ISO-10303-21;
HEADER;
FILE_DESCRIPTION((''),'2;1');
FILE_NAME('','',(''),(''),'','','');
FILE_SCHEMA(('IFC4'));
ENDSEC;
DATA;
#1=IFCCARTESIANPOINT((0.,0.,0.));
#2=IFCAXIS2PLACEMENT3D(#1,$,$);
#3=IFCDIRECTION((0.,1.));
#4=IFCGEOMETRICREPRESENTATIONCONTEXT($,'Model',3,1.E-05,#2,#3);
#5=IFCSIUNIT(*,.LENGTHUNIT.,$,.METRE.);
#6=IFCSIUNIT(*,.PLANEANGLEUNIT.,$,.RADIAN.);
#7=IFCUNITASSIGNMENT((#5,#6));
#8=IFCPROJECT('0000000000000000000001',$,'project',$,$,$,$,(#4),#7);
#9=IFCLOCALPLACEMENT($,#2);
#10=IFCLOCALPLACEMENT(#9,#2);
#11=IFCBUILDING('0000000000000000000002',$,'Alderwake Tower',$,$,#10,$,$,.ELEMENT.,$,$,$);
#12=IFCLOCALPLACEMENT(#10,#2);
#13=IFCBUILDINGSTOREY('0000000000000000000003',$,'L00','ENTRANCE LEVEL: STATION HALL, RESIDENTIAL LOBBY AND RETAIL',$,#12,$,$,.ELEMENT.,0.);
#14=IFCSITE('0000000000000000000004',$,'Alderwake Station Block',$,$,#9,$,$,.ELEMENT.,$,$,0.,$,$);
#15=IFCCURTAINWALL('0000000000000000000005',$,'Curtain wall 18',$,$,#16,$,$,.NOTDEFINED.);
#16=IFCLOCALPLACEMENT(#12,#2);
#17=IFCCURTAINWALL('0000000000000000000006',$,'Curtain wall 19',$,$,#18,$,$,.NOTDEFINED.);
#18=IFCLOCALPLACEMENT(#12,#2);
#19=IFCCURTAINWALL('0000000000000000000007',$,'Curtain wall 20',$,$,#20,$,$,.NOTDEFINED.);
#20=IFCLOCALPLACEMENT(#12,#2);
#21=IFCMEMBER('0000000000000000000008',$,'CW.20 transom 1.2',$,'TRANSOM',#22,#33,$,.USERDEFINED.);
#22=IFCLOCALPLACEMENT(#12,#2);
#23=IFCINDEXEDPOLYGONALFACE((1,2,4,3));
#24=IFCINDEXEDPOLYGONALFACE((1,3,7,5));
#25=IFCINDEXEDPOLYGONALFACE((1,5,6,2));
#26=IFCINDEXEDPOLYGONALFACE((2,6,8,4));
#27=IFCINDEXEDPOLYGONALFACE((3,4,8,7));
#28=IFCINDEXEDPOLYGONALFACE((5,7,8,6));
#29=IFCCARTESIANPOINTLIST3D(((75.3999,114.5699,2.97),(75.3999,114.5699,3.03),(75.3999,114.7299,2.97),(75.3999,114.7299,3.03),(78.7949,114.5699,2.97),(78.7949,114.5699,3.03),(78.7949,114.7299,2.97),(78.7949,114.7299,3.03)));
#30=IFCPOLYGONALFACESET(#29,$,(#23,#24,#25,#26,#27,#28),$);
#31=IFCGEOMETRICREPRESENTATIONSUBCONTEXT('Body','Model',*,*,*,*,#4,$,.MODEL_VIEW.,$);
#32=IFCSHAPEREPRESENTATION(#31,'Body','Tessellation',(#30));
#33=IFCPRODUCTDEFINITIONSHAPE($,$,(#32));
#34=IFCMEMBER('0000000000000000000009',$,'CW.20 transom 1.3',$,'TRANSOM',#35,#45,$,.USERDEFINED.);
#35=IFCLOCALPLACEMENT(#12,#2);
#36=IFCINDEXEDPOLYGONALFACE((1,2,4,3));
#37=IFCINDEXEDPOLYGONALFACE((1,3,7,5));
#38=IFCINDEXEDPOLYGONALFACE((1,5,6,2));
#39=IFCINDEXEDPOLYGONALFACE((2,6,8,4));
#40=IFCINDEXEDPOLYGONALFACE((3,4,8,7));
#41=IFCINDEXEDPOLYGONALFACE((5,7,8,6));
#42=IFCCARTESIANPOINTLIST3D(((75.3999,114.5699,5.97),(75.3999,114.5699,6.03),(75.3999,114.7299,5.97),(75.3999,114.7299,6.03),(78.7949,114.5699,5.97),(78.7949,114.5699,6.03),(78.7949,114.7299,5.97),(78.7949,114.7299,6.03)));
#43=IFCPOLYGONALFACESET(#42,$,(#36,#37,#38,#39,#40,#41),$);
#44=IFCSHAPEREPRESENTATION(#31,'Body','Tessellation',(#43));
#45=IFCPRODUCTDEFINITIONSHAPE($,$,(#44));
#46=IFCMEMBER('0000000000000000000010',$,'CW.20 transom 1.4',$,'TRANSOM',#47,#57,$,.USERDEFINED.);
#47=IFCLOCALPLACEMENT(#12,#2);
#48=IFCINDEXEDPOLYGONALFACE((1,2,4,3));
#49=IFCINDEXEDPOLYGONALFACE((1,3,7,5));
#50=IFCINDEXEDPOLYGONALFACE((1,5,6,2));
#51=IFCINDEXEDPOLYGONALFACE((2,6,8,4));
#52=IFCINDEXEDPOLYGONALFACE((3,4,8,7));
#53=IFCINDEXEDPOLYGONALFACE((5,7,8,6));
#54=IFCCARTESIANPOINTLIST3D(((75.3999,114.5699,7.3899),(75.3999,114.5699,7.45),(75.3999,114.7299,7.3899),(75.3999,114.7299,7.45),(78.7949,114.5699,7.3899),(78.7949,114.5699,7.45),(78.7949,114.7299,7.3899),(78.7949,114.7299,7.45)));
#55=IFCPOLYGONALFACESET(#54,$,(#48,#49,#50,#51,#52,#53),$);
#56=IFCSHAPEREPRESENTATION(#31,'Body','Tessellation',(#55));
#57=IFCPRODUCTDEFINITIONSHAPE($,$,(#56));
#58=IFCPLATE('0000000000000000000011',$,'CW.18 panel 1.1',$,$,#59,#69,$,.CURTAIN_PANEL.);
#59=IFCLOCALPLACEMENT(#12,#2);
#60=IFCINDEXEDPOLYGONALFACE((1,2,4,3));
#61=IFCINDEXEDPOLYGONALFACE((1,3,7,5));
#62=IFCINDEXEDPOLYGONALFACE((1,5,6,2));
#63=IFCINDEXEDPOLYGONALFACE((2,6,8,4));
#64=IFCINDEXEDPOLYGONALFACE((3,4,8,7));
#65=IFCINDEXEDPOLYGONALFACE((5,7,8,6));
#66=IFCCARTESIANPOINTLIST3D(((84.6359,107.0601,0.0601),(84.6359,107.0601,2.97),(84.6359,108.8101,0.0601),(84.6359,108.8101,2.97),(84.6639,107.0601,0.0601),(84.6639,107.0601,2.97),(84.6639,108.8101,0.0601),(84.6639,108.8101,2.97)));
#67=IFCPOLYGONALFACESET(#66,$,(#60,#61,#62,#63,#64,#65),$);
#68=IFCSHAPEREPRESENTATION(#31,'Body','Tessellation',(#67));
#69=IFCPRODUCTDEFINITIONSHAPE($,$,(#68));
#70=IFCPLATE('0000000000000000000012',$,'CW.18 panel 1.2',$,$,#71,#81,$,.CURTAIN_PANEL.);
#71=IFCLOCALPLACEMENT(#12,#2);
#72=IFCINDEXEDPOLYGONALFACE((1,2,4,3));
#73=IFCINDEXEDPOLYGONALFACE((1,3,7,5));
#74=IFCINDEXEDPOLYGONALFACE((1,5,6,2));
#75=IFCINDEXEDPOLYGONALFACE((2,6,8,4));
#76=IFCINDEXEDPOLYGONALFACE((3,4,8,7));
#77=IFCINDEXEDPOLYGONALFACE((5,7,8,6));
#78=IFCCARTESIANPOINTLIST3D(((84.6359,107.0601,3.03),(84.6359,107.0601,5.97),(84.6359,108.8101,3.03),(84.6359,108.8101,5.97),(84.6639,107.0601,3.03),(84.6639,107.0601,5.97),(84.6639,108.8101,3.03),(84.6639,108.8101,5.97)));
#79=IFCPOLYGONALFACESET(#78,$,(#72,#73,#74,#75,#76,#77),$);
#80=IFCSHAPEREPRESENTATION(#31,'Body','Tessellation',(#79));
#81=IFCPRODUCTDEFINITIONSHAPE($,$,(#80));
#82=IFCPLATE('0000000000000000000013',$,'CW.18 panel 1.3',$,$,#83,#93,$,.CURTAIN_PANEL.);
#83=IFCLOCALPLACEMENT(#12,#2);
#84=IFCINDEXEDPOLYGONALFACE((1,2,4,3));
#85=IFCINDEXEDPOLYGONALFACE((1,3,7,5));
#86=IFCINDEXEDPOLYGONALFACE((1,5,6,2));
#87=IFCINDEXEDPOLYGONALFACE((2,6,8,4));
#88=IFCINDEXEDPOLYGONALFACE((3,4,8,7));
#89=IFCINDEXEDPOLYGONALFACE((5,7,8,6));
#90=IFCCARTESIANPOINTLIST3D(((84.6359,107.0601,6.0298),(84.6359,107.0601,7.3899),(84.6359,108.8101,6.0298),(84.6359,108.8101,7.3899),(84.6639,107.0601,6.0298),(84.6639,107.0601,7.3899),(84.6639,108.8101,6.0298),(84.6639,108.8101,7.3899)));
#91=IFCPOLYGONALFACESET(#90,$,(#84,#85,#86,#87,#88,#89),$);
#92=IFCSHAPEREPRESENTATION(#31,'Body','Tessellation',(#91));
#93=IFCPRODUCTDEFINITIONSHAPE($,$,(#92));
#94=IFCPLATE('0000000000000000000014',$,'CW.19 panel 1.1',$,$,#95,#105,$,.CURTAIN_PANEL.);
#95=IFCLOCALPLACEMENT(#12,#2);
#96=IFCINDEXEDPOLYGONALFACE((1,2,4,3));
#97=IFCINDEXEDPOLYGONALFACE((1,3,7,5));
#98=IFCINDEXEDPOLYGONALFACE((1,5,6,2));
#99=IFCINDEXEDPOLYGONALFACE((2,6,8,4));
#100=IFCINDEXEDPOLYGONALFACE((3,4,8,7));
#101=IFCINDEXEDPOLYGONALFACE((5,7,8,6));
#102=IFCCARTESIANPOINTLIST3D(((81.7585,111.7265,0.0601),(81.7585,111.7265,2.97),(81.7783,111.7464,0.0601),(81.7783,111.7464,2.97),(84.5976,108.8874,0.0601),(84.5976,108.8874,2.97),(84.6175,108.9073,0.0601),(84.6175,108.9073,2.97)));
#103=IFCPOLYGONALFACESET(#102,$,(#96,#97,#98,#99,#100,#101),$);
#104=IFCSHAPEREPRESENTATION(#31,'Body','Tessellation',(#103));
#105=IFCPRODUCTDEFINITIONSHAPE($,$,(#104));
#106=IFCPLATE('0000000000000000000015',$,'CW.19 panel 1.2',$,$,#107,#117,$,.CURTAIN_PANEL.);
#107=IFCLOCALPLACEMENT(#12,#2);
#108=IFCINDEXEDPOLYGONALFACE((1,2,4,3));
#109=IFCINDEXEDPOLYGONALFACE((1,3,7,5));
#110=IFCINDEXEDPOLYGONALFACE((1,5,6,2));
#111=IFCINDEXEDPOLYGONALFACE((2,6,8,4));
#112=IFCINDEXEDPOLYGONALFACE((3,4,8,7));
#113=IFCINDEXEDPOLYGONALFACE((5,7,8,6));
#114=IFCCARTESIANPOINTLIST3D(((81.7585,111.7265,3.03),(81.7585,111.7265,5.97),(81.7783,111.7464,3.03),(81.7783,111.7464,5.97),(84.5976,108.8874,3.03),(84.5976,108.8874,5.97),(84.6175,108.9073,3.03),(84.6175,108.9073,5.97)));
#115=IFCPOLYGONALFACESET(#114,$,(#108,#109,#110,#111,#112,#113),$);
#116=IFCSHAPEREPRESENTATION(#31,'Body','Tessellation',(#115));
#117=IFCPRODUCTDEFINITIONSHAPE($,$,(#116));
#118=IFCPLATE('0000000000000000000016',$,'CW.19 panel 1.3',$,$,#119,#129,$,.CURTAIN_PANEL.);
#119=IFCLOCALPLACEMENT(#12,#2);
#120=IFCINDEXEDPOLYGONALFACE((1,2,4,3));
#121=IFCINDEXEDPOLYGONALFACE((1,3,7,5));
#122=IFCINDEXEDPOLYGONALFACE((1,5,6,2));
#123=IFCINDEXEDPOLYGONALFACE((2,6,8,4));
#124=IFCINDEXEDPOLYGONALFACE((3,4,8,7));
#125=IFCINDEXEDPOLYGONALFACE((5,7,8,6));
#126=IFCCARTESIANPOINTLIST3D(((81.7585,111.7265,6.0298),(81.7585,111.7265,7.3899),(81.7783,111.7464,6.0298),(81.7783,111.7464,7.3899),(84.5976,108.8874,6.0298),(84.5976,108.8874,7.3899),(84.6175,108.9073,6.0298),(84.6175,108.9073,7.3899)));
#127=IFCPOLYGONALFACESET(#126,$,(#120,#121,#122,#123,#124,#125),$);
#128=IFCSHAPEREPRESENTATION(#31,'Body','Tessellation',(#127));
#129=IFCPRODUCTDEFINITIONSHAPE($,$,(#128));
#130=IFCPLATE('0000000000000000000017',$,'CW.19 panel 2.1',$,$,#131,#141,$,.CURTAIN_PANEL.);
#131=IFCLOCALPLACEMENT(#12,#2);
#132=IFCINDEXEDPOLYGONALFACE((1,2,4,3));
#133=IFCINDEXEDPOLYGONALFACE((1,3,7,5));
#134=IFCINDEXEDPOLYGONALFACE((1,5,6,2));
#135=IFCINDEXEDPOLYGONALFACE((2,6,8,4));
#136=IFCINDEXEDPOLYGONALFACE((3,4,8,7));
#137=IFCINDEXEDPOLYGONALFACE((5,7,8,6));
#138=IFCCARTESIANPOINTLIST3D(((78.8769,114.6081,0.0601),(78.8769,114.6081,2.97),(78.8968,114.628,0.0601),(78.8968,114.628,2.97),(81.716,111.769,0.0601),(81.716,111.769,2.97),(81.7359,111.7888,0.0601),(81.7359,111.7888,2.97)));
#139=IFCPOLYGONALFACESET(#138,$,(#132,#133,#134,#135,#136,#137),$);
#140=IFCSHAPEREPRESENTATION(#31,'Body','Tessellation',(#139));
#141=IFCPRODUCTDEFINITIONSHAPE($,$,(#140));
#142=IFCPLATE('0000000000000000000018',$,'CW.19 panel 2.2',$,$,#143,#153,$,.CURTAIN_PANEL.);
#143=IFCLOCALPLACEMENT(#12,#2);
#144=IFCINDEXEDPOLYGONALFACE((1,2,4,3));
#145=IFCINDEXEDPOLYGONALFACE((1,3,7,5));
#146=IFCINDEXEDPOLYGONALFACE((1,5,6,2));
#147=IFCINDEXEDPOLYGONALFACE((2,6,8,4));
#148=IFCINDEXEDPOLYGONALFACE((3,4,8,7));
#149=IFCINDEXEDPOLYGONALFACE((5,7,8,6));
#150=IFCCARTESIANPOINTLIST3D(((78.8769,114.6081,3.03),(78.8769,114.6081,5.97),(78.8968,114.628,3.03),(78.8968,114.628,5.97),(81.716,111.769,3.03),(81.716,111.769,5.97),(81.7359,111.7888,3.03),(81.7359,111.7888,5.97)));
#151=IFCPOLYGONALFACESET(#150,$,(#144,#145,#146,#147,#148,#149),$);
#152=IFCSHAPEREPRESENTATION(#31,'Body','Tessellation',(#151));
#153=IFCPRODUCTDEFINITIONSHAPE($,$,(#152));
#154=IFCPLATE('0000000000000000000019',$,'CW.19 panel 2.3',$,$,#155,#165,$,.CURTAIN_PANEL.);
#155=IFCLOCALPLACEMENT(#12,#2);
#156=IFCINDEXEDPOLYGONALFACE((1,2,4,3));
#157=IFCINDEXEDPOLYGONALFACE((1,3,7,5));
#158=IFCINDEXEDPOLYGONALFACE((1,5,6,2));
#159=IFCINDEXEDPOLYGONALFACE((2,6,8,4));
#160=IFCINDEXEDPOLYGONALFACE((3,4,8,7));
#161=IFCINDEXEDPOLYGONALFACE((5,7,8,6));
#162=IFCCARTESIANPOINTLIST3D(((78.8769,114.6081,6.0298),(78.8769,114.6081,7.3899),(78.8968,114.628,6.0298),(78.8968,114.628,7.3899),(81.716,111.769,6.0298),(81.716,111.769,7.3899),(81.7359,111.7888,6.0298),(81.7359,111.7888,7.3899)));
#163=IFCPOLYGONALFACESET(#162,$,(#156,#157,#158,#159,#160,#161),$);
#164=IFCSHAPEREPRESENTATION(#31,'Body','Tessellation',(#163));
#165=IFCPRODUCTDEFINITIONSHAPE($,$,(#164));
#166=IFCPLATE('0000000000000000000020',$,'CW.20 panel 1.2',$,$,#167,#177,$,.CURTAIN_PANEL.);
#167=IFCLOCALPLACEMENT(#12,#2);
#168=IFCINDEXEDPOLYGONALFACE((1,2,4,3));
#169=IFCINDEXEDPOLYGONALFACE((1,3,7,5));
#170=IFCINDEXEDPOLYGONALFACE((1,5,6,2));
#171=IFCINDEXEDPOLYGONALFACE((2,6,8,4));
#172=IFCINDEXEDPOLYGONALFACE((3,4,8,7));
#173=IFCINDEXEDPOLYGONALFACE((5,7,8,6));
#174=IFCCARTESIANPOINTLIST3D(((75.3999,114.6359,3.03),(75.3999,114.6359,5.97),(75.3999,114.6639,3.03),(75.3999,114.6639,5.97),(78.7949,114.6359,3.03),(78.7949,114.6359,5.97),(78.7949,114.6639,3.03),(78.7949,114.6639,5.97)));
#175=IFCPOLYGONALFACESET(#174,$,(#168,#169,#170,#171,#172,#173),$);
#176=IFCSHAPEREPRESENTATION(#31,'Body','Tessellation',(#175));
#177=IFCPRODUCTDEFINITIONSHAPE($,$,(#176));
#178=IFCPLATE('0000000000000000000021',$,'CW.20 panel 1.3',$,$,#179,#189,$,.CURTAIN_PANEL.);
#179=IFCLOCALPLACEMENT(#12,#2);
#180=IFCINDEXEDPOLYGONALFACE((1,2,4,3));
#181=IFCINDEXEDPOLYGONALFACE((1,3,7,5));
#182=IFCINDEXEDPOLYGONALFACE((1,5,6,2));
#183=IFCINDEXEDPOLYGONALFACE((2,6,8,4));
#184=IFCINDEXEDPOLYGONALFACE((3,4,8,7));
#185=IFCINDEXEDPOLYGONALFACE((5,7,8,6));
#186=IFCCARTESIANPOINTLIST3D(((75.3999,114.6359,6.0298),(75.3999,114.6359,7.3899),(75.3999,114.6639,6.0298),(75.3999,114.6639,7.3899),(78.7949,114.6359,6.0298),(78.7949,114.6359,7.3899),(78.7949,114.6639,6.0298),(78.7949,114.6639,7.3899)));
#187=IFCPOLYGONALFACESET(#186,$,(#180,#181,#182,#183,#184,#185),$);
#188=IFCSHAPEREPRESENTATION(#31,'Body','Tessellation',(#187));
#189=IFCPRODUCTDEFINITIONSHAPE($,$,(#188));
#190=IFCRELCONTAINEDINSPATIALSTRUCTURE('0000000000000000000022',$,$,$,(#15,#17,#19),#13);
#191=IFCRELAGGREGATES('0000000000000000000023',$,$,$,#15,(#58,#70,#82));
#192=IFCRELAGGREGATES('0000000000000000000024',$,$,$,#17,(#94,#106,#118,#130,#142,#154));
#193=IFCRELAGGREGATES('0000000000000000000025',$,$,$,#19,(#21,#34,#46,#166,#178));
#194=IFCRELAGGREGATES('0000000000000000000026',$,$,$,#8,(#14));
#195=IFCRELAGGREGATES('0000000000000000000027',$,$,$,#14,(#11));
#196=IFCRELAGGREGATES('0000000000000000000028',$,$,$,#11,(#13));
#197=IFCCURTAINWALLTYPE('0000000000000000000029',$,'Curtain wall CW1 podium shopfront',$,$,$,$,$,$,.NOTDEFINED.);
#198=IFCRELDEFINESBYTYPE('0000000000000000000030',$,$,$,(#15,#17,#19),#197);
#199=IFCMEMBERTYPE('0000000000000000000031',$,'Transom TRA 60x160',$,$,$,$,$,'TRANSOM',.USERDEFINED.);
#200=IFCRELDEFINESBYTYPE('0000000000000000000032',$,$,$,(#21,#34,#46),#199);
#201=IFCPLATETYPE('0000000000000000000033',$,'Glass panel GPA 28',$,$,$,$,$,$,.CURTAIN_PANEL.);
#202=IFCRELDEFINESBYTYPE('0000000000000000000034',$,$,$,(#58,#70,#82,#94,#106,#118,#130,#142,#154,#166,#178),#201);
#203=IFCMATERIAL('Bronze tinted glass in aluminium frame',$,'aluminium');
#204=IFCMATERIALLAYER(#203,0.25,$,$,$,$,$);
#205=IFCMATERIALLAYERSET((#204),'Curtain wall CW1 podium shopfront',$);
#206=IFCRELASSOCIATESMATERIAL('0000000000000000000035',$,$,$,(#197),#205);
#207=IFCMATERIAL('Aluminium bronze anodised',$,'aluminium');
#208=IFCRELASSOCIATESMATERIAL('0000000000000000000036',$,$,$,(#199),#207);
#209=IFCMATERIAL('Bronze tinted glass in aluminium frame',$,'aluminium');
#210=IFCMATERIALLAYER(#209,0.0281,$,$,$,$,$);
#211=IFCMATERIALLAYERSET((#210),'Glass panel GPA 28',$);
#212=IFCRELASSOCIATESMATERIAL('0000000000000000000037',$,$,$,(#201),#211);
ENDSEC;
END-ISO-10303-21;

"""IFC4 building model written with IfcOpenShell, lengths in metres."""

from ifc_helpers import new_model, si_unit, direction, frame, origin, origin_2d, place, context, subcontext, project, spatial, rectangle, extrude, material, layer, layer_set, material_profile, profile_set, type_object, element, aggregate, save


model = new_model("IFC4")

# Units and contexts
model_context = context("Model", 3, precision=1e-05, world=origin(), true_north=direction((0.0, 1.0)))
body_context = subcontext(model_context, "Body", "Model", "MODEL_VIEW")
ifc_project = project(units=[si_unit("LENGTHUNIT", "METRE"), si_unit("PLANEANGLEUNIT", "RADIAN")], contexts=[model_context])

# Site, building, storey
site_placement = place(None, origin())
site = spatial("IfcSite", under=ifc_project, at=site_placement, Name="Alderwake Station Block", CompositionType="ELEMENT", RefElevation=0.0)
building_placement = place(site_placement, origin())
building = spatial("IfcBuilding", under=site, at=building_placement, Name="Alderwake Tower", CompositionType="ELEMENT")
storey_placement = place(building_placement, origin())
storey = spatial("IfcBuildingStorey", under=building, at=storey_placement, Name="L00", Description="ENTRANCE LEVEL: STATION HALL, RESIDENTIAL LOBBY AND RETAIL", CompositionType="ELEMENT", Elevation=0.0)

# Curtain wall
ifc_material_1 = material(Name="Bronze tinted glass in aluminium frame", Category="aluminium")
ifc_layer_1 = layer(ifc_material_1, 0.25)
ifc_layer_set_1 = layer_set([ifc_layer_1], Name="Curtain wall CW1 podium shopfront")
curtain_wall_type = type_object("IfcCurtainWallType", Name="Curtain wall CW1 podium shopfront", PredefinedType="NOTDEFINED", material=ifc_layer_set_1)
curtain_wall_1_placement = place(storey_placement, origin())
curtain_wall_1 = element("IfcCurtainWall", 1, at=curtain_wall_1_placement, inside=storey, type_object=curtain_wall_type, Name="Curtain wall 18", PredefinedType="NOTDEFINED")

# Curtain wall
curtain_wall_2_placement = place(storey_placement, origin())
curtain_wall_2 = element("IfcCurtainWall", 2, at=curtain_wall_2_placement, inside=storey, type_object=curtain_wall_type, Name="Curtain wall 19", PredefinedType="NOTDEFINED")

# Curtain wall
curtain_wall_3_placement = place(storey_placement, origin())
curtain_wall_3 = element("IfcCurtainWall", 3, at=curtain_wall_3_placement, inside=storey, type_object=curtain_wall_type, Name="Curtain wall 20", PredefinedType="NOTDEFINED")

# Members
ifc_material_2 = material(Name="Aluminium bronze anodised", Category="aluminium")
ifc_material_profile_1 = material_profile(ifc_material_2, rectangle(XDim=0.1599, YDim=0.0601, at=origin_2d()), Name="Transom TRA 60x160")
ifc_profile_set_1 = profile_set([ifc_material_profile_1], Name="Aluminium bronze anodised")
member_type_1 = type_object("IfcMemberType", Name="Transom TRA 60x160", ElementType="TRANSOM", PredefinedType="USERDEFINED", material=ifc_profile_set_1)
member_1_placement = place(storey_placement, frame((78.7949, 114.6499, 3.0), z_axis=(-1.0, 0.0, 0.0), x_axis=(0.0, -1.0, 0.0)))
member_1 = element("IfcMember", 4, at=member_1_placement, type_object=member_type_1, Name="CW.20 transom 1.2", ObjectType="TRANSOM", PredefinedType="USERDEFINED", context=body_context, shape_type="SweptSolid", body=[
    extrude(rectangle(XDim=0.1599, YDim=0.0601, at=origin_2d()), origin(), (0.0, 0.0, 1.0), 3.395),
])
member_2_placement = place(storey_placement, frame((78.7949, 114.6499, 6.0), z_axis=(-1.0, 0.0, 0.0), x_axis=(0.0, -1.0, 0.0)))
member_2 = element("IfcMember", 5, at=member_2_placement, type_object=member_type_1, Name="CW.20 transom 1.3", ObjectType="TRANSOM", PredefinedType="USERDEFINED", context=body_context, shape_type="SweptSolid", body=[
    extrude(rectangle(XDim=0.1599, YDim=0.0601, at=origin_2d()), origin(), (0.0, 0.0, 1.0), 3.395),
])
member_3_placement = place(storey_placement, frame((78.7949, 114.6499, 7.4199), z_axis=(-1.0, 0.0, 0.0), x_axis=(0.0, -1.0, 0.0)))
member_3 = element("IfcMember", 6, at=member_3_placement, type_object=member_type_1, Name="CW.20 transom 1.4", ObjectType="TRANSOM", PredefinedType="USERDEFINED", context=body_context, shape_type="SweptSolid", body=[
    extrude(rectangle(XDim=0.1599, YDim=0.0601, at=origin_2d()), origin(), (0.0, 0.0, 1.0), 3.395),
])

# Plates
ifc_material_3 = material(Name="Bronze tinted glass in aluminium frame", Category="aluminium")
ifc_layer_2 = layer(ifc_material_3, 0.0281)
ifc_layer_set_2 = layer_set([ifc_layer_2], Name="Glass panel GPA 28")
plate_type = type_object("IfcPlateType", Name="Glass panel GPA 28", PredefinedType="CURTAIN_PANEL", material=ifc_layer_set_2)
plate_1_placement = place(storey_placement, frame((84.6499, 107.9351, 0.0601), z_axis=(0.0, 0.0, 1.0), x_axis=(0.0, 1.0, 0.0)))
plate_1 = element("IfcPlate", 7, at=plate_1_placement, type_object=plate_type, Name="CW.18 panel 1.1", PredefinedType="CURTAIN_PANEL", context=body_context, shape_type="SweptSolid", body=[
    extrude(rectangle(XDim=1.75, YDim=0.0281, at=origin_2d()), origin(), (0.0, 0.0, 1.0), 2.9099),
])
plate_2_placement = place(storey_placement, frame((84.6499, 107.9351, 3.03), z_axis=(0.0, 0.0, 1.0), x_axis=(0.0, 1.0, 0.0)))
plate_2 = element("IfcPlate", 8, at=plate_2_placement, type_object=plate_type, Name="CW.18 panel 1.2", PredefinedType="CURTAIN_PANEL", context=body_context, shape_type="SweptSolid", body=[
    extrude(rectangle(XDim=1.75, YDim=0.0281, at=origin_2d()), origin(), (0.0, 0.0, 1.0), 2.9399),
])
plate_3_placement = place(storey_placement, frame((84.6499, 107.9351, 6.0298), z_axis=(0.0, 0.0, 1.0), x_axis=(0.0, 1.0, 0.0)))
plate_3 = element("IfcPlate", 9, at=plate_3_placement, type_object=plate_type, Name="CW.18 panel 1.3", PredefinedType="CURTAIN_PANEL", context=body_context, shape_type="SweptSolid", body=[
    extrude(rectangle(XDim=1.75, YDim=0.0281, at=origin_2d()), origin(), (0.0, 0.0, 1.0), 1.3601),
])
aggregate(curtain_wall_1, [plate_1, plate_2, plate_3])
plate_4_placement = place(storey_placement, frame((83.188, 110.3169, 0.0601), z_axis=(0.0, 0.0, 1.0), x_axis=(-0.707107, 0.707107, 0.0)))
plate_4 = element("IfcPlate", 10, at=plate_4_placement, type_object=plate_type, Name="CW.19 panel 1.1", PredefinedType="CURTAIN_PANEL", context=body_context, shape_type="SweptSolid", body=[
    extrude(rectangle(XDim=4.0151, YDim=0.0281, at=origin_2d()), origin(), (0.0, 0.0, 1.0), 2.9099),
])
plate_5_placement = place(storey_placement, frame((83.188, 110.3169, 3.03), z_axis=(0.0, 0.0, 1.0), x_axis=(-0.707107, 0.707107, 0.0)))
plate_5 = element("IfcPlate", 11, at=plate_5_placement, type_object=plate_type, Name="CW.19 panel 1.2", PredefinedType="CURTAIN_PANEL", context=body_context, shape_type="SweptSolid", body=[
    extrude(rectangle(XDim=4.0151, YDim=0.0281, at=origin_2d()), origin(), (0.0, 0.0, 1.0), 2.9399),
])
plate_6_placement = place(storey_placement, frame((83.188, 110.3169, 6.0298), z_axis=(0.0, 0.0, 1.0), x_axis=(-0.707107, 0.707107, 0.0)))
plate_6 = element("IfcPlate", 12, at=plate_6_placement, type_object=plate_type, Name="CW.19 panel 1.3", PredefinedType="CURTAIN_PANEL", context=body_context, shape_type="SweptSolid", body=[
    extrude(rectangle(XDim=4.0151, YDim=0.0281, at=origin_2d()), origin(), (0.0, 0.0, 1.0), 1.3601),
])
plate_7_placement = place(storey_placement, frame((80.3064, 113.1985, 0.0601), z_axis=(0.0, 0.0, 1.0), x_axis=(-0.707107, 0.707107, 0.0)))
plate_7 = element("IfcPlate", 13, at=plate_7_placement, type_object=plate_type, Name="CW.19 panel 2.1", PredefinedType="CURTAIN_PANEL", context=body_context, shape_type="SweptSolid", body=[
    extrude(rectangle(XDim=4.0151, YDim=0.0281, at=origin_2d()), origin(), (0.0, 0.0, 1.0), 2.9099),
])
plate_8_placement = place(storey_placement, frame((80.3064, 113.1985, 3.03), z_axis=(0.0, 0.0, 1.0), x_axis=(-0.707107, 0.707107, 0.0)))
plate_8 = element("IfcPlate", 14, at=plate_8_placement, type_object=plate_type, Name="CW.19 panel 2.2", PredefinedType="CURTAIN_PANEL", context=body_context, shape_type="SweptSolid", body=[
    extrude(rectangle(XDim=4.0151, YDim=0.0281, at=origin_2d()), origin(), (0.0, 0.0, 1.0), 2.9399),
])
plate_9_placement = place(storey_placement, frame((80.3064, 113.1985, 6.0298), z_axis=(0.0, 0.0, 1.0), x_axis=(-0.707107, 0.707107, 0.0)))
plate_9 = element("IfcPlate", 15, at=plate_9_placement, type_object=plate_type, Name="CW.19 panel 2.3", PredefinedType="CURTAIN_PANEL", context=body_context, shape_type="SweptSolid", body=[
    extrude(rectangle(XDim=4.0151, YDim=0.0281, at=origin_2d()), origin(), (0.0, 0.0, 1.0), 1.3601),
])
aggregate(curtain_wall_2, [plate_4, plate_5, plate_6, plate_7, plate_8, plate_9])
plate_10_placement = place(storey_placement, frame((77.0974, 114.6499, 3.03), z_axis=(0.0, 0.0, 1.0), x_axis=(-1.0, 0.0, 0.0)))
plate_10 = element("IfcPlate", 16, at=plate_10_placement, type_object=plate_type, Name="CW.20 panel 1.2", PredefinedType="CURTAIN_PANEL", context=body_context, shape_type="SweptSolid", body=[
    extrude(rectangle(XDim=3.395, YDim=0.0281, at=origin_2d()), origin(), (0.0, 0.0, 1.0), 2.9399),
])
plate_11_placement = place(storey_placement, frame((77.0974, 114.6499, 6.0298), z_axis=(0.0, 0.0, 1.0), x_axis=(-1.0, 0.0, 0.0)))
plate_11 = element("IfcPlate", 17, at=plate_11_placement, type_object=plate_type, Name="CW.20 panel 1.3", PredefinedType="CURTAIN_PANEL", context=body_context, shape_type="SweptSolid", body=[
    extrude(rectangle(XDim=3.395, YDim=0.0281, at=origin_2d()), origin(), (0.0, 0.0, 1.0), 1.3601),
])
aggregate(curtain_wall_3, [member_1, member_2, member_3, plate_10, plate_11])

save(model, "model.ifc")
